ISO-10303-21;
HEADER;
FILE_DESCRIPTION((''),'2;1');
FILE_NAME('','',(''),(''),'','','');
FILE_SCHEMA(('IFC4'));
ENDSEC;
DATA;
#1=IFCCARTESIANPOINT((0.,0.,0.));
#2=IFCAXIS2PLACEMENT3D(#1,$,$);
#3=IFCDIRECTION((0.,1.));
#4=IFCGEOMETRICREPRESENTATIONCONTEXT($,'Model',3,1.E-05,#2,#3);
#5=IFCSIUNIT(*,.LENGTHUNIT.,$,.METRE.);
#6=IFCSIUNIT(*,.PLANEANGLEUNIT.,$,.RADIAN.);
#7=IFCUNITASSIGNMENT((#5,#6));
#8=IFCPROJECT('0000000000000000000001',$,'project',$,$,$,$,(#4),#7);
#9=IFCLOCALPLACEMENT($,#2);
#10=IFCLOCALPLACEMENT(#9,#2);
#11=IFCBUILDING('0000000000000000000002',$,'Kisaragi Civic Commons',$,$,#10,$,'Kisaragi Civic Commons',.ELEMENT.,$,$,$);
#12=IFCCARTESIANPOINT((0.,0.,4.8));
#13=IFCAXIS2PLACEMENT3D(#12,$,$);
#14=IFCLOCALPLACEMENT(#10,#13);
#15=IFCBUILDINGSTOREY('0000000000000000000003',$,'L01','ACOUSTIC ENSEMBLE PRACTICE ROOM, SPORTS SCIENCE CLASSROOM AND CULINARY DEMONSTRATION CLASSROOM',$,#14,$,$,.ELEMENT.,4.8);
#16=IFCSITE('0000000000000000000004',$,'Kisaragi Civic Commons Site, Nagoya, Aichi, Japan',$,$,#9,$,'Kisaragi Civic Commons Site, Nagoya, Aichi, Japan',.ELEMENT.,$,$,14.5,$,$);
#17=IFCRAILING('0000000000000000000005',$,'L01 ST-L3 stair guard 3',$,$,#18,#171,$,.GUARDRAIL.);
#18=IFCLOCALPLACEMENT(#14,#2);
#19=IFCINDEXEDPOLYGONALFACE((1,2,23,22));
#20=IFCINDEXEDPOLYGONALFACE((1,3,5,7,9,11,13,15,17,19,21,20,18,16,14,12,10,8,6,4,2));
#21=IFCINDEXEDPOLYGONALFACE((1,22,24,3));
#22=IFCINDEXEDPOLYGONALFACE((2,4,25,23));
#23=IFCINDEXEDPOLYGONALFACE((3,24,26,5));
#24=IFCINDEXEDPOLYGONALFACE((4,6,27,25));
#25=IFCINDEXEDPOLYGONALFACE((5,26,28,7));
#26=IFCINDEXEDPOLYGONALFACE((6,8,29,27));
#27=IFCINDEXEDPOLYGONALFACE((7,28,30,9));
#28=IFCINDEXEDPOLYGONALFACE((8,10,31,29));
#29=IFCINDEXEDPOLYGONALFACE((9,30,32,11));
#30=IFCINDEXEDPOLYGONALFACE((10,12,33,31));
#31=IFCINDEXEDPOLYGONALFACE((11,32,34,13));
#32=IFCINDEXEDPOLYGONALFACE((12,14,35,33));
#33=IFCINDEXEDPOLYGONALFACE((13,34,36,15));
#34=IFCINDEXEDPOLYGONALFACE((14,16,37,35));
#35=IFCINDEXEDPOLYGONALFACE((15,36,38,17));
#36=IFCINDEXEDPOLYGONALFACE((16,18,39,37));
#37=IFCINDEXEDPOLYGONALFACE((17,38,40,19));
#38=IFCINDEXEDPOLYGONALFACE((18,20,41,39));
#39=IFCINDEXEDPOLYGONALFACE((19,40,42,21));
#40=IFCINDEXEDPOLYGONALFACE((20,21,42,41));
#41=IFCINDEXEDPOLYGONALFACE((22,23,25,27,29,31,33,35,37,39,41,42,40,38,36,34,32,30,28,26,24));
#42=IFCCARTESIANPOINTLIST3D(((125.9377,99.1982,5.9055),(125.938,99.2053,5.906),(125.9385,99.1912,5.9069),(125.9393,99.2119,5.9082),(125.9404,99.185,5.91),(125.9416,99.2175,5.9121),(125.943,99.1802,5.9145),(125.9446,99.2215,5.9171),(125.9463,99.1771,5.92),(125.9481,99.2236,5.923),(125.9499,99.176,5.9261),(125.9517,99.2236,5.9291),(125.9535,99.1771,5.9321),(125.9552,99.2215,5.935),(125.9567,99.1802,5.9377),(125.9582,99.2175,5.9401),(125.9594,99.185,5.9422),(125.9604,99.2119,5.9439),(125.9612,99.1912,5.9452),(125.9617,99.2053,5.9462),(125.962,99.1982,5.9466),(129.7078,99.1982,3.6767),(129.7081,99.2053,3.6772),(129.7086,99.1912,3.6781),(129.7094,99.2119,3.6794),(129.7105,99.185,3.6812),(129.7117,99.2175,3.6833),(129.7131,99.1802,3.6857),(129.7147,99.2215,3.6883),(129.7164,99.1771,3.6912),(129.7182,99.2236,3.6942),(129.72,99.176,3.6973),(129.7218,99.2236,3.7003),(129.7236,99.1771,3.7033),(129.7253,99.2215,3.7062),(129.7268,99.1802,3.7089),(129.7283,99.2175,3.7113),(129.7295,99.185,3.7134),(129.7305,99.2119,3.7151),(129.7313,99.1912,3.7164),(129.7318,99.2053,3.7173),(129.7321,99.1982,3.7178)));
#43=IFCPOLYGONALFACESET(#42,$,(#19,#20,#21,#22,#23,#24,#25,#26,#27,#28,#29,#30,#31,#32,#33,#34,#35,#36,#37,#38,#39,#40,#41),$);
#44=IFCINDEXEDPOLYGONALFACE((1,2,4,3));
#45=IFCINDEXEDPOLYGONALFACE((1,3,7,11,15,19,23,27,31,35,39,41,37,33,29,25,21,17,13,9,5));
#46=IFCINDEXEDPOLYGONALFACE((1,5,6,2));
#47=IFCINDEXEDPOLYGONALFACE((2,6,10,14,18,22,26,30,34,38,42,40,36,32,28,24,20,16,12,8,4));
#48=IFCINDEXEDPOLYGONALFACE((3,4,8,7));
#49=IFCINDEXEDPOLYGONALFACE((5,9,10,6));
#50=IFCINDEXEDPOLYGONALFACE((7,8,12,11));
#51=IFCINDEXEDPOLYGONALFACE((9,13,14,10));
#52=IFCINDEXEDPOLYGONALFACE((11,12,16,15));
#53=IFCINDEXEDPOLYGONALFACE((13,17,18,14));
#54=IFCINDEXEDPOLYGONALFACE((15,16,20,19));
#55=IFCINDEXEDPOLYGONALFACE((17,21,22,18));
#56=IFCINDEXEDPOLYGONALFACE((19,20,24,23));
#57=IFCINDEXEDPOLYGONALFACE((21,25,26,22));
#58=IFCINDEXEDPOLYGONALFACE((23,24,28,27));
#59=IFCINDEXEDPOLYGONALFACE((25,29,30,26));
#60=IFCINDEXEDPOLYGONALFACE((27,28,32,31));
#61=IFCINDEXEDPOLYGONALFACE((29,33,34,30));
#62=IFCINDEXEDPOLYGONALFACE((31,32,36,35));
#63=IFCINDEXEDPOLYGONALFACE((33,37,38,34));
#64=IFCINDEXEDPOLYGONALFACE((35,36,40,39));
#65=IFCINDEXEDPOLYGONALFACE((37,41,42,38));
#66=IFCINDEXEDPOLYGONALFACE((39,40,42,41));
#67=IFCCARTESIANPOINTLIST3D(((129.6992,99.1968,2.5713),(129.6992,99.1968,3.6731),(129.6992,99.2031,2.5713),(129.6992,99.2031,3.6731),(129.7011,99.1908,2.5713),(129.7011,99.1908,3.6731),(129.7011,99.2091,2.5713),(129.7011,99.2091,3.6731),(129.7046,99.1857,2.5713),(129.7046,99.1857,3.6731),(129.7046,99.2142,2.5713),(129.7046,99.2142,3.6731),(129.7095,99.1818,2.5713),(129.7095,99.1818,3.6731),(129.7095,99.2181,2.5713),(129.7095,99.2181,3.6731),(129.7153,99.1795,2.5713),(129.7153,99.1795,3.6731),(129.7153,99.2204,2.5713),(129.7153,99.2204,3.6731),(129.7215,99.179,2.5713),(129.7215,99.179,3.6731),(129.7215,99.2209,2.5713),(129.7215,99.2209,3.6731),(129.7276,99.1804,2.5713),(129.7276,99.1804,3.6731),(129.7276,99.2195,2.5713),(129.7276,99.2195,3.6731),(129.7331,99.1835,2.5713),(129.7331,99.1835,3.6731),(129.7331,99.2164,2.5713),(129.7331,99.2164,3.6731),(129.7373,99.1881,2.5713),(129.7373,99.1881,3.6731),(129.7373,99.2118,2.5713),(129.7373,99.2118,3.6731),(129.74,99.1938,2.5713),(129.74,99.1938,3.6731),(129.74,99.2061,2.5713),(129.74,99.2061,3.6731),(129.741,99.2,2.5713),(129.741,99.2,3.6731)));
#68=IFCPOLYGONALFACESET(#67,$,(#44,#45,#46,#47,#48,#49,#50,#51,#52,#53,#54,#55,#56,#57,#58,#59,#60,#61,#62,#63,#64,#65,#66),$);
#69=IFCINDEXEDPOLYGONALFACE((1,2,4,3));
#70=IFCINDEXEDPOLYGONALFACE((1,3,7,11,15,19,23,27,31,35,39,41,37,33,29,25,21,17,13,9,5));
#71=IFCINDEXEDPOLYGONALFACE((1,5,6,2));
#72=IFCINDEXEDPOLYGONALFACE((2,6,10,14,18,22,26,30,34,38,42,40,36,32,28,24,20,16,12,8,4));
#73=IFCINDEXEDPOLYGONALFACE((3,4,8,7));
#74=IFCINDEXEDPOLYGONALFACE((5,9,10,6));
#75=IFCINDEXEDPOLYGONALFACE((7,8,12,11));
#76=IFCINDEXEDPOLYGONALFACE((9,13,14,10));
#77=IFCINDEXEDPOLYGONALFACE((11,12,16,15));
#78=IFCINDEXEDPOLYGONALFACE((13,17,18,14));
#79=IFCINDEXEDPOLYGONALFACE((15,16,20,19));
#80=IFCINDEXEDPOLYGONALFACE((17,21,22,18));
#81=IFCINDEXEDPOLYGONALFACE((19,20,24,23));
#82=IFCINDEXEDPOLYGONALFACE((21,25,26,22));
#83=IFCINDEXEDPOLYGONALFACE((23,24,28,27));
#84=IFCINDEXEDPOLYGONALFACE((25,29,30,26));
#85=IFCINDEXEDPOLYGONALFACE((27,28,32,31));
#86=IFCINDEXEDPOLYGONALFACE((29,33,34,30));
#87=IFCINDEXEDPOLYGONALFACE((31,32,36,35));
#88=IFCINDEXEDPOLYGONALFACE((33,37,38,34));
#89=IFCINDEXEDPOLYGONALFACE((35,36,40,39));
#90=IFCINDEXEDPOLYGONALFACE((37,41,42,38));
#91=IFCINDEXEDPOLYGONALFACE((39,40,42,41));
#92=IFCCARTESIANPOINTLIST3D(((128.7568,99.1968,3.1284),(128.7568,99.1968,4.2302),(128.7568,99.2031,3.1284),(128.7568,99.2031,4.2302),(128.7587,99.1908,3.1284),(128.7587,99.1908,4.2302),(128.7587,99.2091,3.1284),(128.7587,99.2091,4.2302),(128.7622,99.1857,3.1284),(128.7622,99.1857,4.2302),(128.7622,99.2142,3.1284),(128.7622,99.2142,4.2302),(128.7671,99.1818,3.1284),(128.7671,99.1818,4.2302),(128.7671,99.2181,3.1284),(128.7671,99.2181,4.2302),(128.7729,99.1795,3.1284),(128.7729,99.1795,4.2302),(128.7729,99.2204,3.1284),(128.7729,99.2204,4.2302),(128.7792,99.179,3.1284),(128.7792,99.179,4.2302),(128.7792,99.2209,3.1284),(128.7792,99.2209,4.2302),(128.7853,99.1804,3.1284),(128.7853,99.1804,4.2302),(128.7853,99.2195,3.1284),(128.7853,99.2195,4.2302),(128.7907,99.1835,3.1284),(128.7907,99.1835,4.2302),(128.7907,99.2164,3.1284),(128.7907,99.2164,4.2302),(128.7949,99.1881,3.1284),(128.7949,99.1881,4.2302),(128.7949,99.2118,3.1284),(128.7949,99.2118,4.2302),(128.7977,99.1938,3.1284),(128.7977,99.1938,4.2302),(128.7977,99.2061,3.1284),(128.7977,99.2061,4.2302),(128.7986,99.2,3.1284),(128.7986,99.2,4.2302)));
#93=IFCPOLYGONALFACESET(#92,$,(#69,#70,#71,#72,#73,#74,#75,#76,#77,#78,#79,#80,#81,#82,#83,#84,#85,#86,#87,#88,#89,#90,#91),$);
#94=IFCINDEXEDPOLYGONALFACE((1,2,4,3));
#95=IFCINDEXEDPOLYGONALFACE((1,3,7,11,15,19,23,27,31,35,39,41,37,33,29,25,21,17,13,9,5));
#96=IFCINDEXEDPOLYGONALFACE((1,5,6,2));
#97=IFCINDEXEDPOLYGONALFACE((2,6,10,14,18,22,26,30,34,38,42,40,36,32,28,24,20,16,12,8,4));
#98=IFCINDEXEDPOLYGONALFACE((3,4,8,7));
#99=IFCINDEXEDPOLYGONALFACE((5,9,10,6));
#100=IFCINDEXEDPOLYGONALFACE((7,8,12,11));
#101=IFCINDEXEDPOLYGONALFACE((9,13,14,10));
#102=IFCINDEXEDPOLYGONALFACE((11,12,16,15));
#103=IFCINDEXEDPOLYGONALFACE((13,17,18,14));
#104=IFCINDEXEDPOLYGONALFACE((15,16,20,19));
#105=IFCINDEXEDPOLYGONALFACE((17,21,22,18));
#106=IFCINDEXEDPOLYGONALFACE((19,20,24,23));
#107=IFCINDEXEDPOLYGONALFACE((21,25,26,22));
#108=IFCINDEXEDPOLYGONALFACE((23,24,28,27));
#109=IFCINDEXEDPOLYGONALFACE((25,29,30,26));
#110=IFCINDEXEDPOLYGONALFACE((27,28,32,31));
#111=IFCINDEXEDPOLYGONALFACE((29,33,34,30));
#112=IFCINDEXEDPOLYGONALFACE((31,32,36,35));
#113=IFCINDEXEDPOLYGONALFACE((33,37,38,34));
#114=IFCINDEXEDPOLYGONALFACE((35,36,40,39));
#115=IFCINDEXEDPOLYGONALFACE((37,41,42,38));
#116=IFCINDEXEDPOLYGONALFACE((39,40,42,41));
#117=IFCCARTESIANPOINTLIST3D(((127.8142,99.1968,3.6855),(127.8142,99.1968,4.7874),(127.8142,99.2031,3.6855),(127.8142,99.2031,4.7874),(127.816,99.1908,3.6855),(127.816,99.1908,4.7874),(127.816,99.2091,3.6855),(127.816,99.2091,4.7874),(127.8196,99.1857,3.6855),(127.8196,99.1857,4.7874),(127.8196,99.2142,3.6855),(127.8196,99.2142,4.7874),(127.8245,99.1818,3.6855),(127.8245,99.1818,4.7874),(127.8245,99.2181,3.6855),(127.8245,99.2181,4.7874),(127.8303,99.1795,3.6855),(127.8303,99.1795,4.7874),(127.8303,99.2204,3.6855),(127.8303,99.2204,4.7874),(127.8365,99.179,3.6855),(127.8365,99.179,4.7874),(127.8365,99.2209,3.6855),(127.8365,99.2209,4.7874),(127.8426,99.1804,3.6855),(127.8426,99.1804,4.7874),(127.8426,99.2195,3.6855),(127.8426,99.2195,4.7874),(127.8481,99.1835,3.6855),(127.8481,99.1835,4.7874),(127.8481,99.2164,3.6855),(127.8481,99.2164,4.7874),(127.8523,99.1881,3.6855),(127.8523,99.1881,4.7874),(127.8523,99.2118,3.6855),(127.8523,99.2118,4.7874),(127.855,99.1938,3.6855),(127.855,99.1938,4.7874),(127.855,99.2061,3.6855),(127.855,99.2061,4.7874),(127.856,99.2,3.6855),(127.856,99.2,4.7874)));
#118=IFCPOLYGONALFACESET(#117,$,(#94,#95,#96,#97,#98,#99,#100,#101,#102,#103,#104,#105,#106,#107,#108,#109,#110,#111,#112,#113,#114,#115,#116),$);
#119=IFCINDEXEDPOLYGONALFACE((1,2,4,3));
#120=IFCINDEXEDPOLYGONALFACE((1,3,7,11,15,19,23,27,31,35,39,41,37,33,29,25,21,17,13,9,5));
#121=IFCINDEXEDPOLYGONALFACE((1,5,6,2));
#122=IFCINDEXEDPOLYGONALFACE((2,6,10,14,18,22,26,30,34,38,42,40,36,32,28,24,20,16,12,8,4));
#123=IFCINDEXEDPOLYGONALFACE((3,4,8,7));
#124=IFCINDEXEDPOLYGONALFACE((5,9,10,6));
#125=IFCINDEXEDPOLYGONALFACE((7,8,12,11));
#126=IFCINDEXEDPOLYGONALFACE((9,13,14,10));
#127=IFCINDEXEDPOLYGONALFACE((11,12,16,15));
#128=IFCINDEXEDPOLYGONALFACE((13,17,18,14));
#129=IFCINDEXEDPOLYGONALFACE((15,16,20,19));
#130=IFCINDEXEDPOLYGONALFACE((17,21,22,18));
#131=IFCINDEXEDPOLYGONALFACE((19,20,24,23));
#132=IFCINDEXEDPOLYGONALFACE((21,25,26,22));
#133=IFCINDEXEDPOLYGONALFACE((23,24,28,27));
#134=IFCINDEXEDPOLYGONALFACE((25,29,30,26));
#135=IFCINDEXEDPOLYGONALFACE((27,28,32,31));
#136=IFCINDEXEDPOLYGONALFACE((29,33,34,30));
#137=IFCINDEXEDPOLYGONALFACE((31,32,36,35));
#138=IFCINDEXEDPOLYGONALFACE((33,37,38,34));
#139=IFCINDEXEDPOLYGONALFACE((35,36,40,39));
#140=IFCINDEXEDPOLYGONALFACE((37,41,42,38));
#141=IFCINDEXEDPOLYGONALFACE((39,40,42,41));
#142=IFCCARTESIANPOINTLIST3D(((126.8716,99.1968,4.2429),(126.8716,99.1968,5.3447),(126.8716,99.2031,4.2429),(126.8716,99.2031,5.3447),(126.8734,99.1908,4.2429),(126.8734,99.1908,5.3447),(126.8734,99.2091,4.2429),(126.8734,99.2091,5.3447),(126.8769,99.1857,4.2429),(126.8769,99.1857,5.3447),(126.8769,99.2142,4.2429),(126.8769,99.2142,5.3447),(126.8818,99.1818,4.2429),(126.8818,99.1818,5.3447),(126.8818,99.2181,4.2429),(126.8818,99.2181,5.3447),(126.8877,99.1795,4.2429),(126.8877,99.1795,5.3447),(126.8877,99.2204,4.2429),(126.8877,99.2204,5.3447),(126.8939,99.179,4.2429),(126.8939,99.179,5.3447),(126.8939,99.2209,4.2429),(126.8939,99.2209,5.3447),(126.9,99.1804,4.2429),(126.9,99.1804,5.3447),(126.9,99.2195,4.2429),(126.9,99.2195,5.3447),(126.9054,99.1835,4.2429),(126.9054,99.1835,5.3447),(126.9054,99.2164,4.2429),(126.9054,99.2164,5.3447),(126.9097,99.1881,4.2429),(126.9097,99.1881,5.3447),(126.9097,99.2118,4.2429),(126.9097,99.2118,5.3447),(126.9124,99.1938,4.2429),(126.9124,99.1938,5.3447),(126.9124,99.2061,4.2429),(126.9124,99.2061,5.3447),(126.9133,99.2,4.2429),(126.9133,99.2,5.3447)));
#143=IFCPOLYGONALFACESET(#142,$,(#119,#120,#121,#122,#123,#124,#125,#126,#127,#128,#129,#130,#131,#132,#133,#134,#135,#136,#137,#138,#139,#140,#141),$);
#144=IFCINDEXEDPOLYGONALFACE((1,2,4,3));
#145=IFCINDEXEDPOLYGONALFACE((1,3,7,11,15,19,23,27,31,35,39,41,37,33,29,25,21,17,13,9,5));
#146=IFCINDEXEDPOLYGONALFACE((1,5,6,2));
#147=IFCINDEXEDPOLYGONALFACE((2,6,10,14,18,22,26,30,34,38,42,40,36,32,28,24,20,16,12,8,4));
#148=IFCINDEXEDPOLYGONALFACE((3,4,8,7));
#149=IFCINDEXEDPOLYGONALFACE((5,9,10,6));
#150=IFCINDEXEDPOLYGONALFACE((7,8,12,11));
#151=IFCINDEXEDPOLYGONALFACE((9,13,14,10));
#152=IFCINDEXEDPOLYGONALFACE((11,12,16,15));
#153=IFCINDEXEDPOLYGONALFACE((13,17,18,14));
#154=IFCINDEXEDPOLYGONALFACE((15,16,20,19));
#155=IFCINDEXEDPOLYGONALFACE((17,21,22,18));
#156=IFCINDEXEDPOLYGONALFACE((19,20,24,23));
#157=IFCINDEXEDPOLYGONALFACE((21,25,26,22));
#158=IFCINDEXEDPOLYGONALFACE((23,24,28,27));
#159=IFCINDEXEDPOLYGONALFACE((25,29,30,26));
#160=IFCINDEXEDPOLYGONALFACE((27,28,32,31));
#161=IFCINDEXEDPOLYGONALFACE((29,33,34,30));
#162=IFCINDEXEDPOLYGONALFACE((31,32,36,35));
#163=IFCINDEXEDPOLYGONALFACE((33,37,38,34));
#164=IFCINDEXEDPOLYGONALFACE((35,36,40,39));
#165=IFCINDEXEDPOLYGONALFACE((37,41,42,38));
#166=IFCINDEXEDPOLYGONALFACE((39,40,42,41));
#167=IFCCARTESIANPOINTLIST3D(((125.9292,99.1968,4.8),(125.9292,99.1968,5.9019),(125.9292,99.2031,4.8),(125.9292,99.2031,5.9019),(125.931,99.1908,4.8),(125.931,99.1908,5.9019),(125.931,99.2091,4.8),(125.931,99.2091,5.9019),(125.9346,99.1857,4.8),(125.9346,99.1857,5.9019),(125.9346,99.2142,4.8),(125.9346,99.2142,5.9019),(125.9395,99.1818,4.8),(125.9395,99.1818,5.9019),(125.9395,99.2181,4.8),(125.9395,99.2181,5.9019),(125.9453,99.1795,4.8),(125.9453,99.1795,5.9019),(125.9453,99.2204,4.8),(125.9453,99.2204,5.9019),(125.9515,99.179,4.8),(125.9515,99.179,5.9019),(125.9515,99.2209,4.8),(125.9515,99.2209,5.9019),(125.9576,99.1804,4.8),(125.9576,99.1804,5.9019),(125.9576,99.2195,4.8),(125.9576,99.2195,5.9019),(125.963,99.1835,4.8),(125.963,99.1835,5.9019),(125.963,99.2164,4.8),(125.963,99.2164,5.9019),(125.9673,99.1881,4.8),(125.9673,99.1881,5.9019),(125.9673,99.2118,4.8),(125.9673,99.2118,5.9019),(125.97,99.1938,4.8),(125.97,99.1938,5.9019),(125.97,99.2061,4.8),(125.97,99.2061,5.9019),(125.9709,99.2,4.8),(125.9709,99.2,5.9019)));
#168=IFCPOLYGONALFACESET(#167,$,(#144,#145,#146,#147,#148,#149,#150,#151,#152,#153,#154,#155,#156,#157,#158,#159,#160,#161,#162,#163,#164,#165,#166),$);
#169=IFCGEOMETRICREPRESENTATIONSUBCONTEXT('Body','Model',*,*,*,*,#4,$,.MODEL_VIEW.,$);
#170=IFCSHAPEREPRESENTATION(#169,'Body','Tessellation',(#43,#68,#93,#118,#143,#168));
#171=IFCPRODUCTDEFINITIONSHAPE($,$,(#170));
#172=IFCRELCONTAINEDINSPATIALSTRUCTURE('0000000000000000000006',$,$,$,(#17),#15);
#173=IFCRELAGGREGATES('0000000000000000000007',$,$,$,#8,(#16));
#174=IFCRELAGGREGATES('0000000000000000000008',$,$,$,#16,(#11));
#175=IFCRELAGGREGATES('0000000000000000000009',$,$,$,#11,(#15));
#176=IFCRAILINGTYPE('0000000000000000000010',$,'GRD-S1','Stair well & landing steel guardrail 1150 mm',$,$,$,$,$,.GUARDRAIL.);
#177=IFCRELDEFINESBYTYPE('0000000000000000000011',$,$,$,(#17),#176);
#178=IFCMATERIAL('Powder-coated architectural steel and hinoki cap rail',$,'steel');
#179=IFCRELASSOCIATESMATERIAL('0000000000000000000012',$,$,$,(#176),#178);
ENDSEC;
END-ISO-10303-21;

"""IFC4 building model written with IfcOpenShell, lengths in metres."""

from ifc_helpers import new_model, si_unit, direction, frame, origin, origin_2d, place, context, subcontext, project, spatial, circle, extrude, material, type_object, element, save


model = new_model("IFC4")

# Units and contexts
model_context = context("Model", 3, precision=1e-05, world=origin(), true_north=direction((0.0, 1.0)))
body_context = subcontext(model_context, "Body", "Model", "MODEL_VIEW")
ifc_project = project(units=[si_unit("LENGTHUNIT", "METRE"), si_unit("PLANEANGLEUNIT", "RADIAN")], contexts=[model_context])

# Site, building, storey
site_placement = place(None, origin())
site = spatial("IfcSite", under=ifc_project, at=site_placement, Name="Kisaragi Civic Commons Site, Nagoya, Aichi, Japan", LongName="Kisaragi Civic Commons Site, Nagoya, Aichi, Japan", CompositionType="ELEMENT", RefElevation=14.5)
building_placement = place(site_placement, origin())
building = spatial("IfcBuilding", under=site, at=building_placement, Name="Kisaragi Civic Commons", LongName="Kisaragi Civic Commons", CompositionType="ELEMENT")
storey_placement = place(building_placement, frame((0.0, 0.0, 4.8)))
storey = spatial("IfcBuildingStorey", under=building, at=storey_placement, Name="L01", Description="ACOUSTIC ENSEMBLE PRACTICE ROOM, SPORTS SCIENCE CLASSROOM AND CULINARY DEMONSTRATION CLASSROOM", CompositionType="ELEMENT", Elevation=4.8)

# Railing
ifc_material_1 = material(Name="Powder-coated architectural steel and hinoki cap rail", Category="steel")
railing_type_1 = type_object("IfcRailingType", Name="GRD-S1", Description="Stair well & landing steel guardrail 1150 mm", PredefinedType="GUARDRAIL", material=ifc_material_1)
railing_1_placement = place(storey_placement, frame((129.72, 99.2, 2.5713)))
element("IfcRailing", 1, at=railing_1_placement, inside=storey, type_object=railing_type_1, Name="L01 ST-L3 stair guard 3", PredefinedType="GUARDRAIL", context=body_context, shape_type="SweptSolid", body=[
    extrude(circle(Radius=0.0239, at=origin_2d()), frame((0.0, 0.0, 1.126), z_axis=(-0.860824, 0.0, 0.508902), x_axis=(0.0, -1.0, 0.0)), (0.0, 0.0, 1.0), 4.3796),
    extrude(circle(Radius=0.021, at=origin_2d()), origin(), (0.0, 0.0, 1.0), 1.1018),
    extrude(circle(Radius=0.021, at=origin_2d()), frame((-0.9424, 0.0, 0.5571)), (0.0, 0.0, 1.0), 1.1018),
    extrude(circle(Radius=0.021, at=origin_2d()), frame((-1.885, 0.0, 1.1143)), (0.0, 0.0, 1.0), 1.1018),
    extrude(circle(Radius=0.021, at=origin_2d()), frame((-2.8276, 0.0, 1.6716)), (0.0, 0.0, 1.0), 1.1018),
    extrude(circle(Radius=0.021, at=origin_2d()), frame((-3.77, 0.0, 2.2288)), (0.0, 0.0, 1.0), 1.1018),
])

save(model, "model.ifc")
